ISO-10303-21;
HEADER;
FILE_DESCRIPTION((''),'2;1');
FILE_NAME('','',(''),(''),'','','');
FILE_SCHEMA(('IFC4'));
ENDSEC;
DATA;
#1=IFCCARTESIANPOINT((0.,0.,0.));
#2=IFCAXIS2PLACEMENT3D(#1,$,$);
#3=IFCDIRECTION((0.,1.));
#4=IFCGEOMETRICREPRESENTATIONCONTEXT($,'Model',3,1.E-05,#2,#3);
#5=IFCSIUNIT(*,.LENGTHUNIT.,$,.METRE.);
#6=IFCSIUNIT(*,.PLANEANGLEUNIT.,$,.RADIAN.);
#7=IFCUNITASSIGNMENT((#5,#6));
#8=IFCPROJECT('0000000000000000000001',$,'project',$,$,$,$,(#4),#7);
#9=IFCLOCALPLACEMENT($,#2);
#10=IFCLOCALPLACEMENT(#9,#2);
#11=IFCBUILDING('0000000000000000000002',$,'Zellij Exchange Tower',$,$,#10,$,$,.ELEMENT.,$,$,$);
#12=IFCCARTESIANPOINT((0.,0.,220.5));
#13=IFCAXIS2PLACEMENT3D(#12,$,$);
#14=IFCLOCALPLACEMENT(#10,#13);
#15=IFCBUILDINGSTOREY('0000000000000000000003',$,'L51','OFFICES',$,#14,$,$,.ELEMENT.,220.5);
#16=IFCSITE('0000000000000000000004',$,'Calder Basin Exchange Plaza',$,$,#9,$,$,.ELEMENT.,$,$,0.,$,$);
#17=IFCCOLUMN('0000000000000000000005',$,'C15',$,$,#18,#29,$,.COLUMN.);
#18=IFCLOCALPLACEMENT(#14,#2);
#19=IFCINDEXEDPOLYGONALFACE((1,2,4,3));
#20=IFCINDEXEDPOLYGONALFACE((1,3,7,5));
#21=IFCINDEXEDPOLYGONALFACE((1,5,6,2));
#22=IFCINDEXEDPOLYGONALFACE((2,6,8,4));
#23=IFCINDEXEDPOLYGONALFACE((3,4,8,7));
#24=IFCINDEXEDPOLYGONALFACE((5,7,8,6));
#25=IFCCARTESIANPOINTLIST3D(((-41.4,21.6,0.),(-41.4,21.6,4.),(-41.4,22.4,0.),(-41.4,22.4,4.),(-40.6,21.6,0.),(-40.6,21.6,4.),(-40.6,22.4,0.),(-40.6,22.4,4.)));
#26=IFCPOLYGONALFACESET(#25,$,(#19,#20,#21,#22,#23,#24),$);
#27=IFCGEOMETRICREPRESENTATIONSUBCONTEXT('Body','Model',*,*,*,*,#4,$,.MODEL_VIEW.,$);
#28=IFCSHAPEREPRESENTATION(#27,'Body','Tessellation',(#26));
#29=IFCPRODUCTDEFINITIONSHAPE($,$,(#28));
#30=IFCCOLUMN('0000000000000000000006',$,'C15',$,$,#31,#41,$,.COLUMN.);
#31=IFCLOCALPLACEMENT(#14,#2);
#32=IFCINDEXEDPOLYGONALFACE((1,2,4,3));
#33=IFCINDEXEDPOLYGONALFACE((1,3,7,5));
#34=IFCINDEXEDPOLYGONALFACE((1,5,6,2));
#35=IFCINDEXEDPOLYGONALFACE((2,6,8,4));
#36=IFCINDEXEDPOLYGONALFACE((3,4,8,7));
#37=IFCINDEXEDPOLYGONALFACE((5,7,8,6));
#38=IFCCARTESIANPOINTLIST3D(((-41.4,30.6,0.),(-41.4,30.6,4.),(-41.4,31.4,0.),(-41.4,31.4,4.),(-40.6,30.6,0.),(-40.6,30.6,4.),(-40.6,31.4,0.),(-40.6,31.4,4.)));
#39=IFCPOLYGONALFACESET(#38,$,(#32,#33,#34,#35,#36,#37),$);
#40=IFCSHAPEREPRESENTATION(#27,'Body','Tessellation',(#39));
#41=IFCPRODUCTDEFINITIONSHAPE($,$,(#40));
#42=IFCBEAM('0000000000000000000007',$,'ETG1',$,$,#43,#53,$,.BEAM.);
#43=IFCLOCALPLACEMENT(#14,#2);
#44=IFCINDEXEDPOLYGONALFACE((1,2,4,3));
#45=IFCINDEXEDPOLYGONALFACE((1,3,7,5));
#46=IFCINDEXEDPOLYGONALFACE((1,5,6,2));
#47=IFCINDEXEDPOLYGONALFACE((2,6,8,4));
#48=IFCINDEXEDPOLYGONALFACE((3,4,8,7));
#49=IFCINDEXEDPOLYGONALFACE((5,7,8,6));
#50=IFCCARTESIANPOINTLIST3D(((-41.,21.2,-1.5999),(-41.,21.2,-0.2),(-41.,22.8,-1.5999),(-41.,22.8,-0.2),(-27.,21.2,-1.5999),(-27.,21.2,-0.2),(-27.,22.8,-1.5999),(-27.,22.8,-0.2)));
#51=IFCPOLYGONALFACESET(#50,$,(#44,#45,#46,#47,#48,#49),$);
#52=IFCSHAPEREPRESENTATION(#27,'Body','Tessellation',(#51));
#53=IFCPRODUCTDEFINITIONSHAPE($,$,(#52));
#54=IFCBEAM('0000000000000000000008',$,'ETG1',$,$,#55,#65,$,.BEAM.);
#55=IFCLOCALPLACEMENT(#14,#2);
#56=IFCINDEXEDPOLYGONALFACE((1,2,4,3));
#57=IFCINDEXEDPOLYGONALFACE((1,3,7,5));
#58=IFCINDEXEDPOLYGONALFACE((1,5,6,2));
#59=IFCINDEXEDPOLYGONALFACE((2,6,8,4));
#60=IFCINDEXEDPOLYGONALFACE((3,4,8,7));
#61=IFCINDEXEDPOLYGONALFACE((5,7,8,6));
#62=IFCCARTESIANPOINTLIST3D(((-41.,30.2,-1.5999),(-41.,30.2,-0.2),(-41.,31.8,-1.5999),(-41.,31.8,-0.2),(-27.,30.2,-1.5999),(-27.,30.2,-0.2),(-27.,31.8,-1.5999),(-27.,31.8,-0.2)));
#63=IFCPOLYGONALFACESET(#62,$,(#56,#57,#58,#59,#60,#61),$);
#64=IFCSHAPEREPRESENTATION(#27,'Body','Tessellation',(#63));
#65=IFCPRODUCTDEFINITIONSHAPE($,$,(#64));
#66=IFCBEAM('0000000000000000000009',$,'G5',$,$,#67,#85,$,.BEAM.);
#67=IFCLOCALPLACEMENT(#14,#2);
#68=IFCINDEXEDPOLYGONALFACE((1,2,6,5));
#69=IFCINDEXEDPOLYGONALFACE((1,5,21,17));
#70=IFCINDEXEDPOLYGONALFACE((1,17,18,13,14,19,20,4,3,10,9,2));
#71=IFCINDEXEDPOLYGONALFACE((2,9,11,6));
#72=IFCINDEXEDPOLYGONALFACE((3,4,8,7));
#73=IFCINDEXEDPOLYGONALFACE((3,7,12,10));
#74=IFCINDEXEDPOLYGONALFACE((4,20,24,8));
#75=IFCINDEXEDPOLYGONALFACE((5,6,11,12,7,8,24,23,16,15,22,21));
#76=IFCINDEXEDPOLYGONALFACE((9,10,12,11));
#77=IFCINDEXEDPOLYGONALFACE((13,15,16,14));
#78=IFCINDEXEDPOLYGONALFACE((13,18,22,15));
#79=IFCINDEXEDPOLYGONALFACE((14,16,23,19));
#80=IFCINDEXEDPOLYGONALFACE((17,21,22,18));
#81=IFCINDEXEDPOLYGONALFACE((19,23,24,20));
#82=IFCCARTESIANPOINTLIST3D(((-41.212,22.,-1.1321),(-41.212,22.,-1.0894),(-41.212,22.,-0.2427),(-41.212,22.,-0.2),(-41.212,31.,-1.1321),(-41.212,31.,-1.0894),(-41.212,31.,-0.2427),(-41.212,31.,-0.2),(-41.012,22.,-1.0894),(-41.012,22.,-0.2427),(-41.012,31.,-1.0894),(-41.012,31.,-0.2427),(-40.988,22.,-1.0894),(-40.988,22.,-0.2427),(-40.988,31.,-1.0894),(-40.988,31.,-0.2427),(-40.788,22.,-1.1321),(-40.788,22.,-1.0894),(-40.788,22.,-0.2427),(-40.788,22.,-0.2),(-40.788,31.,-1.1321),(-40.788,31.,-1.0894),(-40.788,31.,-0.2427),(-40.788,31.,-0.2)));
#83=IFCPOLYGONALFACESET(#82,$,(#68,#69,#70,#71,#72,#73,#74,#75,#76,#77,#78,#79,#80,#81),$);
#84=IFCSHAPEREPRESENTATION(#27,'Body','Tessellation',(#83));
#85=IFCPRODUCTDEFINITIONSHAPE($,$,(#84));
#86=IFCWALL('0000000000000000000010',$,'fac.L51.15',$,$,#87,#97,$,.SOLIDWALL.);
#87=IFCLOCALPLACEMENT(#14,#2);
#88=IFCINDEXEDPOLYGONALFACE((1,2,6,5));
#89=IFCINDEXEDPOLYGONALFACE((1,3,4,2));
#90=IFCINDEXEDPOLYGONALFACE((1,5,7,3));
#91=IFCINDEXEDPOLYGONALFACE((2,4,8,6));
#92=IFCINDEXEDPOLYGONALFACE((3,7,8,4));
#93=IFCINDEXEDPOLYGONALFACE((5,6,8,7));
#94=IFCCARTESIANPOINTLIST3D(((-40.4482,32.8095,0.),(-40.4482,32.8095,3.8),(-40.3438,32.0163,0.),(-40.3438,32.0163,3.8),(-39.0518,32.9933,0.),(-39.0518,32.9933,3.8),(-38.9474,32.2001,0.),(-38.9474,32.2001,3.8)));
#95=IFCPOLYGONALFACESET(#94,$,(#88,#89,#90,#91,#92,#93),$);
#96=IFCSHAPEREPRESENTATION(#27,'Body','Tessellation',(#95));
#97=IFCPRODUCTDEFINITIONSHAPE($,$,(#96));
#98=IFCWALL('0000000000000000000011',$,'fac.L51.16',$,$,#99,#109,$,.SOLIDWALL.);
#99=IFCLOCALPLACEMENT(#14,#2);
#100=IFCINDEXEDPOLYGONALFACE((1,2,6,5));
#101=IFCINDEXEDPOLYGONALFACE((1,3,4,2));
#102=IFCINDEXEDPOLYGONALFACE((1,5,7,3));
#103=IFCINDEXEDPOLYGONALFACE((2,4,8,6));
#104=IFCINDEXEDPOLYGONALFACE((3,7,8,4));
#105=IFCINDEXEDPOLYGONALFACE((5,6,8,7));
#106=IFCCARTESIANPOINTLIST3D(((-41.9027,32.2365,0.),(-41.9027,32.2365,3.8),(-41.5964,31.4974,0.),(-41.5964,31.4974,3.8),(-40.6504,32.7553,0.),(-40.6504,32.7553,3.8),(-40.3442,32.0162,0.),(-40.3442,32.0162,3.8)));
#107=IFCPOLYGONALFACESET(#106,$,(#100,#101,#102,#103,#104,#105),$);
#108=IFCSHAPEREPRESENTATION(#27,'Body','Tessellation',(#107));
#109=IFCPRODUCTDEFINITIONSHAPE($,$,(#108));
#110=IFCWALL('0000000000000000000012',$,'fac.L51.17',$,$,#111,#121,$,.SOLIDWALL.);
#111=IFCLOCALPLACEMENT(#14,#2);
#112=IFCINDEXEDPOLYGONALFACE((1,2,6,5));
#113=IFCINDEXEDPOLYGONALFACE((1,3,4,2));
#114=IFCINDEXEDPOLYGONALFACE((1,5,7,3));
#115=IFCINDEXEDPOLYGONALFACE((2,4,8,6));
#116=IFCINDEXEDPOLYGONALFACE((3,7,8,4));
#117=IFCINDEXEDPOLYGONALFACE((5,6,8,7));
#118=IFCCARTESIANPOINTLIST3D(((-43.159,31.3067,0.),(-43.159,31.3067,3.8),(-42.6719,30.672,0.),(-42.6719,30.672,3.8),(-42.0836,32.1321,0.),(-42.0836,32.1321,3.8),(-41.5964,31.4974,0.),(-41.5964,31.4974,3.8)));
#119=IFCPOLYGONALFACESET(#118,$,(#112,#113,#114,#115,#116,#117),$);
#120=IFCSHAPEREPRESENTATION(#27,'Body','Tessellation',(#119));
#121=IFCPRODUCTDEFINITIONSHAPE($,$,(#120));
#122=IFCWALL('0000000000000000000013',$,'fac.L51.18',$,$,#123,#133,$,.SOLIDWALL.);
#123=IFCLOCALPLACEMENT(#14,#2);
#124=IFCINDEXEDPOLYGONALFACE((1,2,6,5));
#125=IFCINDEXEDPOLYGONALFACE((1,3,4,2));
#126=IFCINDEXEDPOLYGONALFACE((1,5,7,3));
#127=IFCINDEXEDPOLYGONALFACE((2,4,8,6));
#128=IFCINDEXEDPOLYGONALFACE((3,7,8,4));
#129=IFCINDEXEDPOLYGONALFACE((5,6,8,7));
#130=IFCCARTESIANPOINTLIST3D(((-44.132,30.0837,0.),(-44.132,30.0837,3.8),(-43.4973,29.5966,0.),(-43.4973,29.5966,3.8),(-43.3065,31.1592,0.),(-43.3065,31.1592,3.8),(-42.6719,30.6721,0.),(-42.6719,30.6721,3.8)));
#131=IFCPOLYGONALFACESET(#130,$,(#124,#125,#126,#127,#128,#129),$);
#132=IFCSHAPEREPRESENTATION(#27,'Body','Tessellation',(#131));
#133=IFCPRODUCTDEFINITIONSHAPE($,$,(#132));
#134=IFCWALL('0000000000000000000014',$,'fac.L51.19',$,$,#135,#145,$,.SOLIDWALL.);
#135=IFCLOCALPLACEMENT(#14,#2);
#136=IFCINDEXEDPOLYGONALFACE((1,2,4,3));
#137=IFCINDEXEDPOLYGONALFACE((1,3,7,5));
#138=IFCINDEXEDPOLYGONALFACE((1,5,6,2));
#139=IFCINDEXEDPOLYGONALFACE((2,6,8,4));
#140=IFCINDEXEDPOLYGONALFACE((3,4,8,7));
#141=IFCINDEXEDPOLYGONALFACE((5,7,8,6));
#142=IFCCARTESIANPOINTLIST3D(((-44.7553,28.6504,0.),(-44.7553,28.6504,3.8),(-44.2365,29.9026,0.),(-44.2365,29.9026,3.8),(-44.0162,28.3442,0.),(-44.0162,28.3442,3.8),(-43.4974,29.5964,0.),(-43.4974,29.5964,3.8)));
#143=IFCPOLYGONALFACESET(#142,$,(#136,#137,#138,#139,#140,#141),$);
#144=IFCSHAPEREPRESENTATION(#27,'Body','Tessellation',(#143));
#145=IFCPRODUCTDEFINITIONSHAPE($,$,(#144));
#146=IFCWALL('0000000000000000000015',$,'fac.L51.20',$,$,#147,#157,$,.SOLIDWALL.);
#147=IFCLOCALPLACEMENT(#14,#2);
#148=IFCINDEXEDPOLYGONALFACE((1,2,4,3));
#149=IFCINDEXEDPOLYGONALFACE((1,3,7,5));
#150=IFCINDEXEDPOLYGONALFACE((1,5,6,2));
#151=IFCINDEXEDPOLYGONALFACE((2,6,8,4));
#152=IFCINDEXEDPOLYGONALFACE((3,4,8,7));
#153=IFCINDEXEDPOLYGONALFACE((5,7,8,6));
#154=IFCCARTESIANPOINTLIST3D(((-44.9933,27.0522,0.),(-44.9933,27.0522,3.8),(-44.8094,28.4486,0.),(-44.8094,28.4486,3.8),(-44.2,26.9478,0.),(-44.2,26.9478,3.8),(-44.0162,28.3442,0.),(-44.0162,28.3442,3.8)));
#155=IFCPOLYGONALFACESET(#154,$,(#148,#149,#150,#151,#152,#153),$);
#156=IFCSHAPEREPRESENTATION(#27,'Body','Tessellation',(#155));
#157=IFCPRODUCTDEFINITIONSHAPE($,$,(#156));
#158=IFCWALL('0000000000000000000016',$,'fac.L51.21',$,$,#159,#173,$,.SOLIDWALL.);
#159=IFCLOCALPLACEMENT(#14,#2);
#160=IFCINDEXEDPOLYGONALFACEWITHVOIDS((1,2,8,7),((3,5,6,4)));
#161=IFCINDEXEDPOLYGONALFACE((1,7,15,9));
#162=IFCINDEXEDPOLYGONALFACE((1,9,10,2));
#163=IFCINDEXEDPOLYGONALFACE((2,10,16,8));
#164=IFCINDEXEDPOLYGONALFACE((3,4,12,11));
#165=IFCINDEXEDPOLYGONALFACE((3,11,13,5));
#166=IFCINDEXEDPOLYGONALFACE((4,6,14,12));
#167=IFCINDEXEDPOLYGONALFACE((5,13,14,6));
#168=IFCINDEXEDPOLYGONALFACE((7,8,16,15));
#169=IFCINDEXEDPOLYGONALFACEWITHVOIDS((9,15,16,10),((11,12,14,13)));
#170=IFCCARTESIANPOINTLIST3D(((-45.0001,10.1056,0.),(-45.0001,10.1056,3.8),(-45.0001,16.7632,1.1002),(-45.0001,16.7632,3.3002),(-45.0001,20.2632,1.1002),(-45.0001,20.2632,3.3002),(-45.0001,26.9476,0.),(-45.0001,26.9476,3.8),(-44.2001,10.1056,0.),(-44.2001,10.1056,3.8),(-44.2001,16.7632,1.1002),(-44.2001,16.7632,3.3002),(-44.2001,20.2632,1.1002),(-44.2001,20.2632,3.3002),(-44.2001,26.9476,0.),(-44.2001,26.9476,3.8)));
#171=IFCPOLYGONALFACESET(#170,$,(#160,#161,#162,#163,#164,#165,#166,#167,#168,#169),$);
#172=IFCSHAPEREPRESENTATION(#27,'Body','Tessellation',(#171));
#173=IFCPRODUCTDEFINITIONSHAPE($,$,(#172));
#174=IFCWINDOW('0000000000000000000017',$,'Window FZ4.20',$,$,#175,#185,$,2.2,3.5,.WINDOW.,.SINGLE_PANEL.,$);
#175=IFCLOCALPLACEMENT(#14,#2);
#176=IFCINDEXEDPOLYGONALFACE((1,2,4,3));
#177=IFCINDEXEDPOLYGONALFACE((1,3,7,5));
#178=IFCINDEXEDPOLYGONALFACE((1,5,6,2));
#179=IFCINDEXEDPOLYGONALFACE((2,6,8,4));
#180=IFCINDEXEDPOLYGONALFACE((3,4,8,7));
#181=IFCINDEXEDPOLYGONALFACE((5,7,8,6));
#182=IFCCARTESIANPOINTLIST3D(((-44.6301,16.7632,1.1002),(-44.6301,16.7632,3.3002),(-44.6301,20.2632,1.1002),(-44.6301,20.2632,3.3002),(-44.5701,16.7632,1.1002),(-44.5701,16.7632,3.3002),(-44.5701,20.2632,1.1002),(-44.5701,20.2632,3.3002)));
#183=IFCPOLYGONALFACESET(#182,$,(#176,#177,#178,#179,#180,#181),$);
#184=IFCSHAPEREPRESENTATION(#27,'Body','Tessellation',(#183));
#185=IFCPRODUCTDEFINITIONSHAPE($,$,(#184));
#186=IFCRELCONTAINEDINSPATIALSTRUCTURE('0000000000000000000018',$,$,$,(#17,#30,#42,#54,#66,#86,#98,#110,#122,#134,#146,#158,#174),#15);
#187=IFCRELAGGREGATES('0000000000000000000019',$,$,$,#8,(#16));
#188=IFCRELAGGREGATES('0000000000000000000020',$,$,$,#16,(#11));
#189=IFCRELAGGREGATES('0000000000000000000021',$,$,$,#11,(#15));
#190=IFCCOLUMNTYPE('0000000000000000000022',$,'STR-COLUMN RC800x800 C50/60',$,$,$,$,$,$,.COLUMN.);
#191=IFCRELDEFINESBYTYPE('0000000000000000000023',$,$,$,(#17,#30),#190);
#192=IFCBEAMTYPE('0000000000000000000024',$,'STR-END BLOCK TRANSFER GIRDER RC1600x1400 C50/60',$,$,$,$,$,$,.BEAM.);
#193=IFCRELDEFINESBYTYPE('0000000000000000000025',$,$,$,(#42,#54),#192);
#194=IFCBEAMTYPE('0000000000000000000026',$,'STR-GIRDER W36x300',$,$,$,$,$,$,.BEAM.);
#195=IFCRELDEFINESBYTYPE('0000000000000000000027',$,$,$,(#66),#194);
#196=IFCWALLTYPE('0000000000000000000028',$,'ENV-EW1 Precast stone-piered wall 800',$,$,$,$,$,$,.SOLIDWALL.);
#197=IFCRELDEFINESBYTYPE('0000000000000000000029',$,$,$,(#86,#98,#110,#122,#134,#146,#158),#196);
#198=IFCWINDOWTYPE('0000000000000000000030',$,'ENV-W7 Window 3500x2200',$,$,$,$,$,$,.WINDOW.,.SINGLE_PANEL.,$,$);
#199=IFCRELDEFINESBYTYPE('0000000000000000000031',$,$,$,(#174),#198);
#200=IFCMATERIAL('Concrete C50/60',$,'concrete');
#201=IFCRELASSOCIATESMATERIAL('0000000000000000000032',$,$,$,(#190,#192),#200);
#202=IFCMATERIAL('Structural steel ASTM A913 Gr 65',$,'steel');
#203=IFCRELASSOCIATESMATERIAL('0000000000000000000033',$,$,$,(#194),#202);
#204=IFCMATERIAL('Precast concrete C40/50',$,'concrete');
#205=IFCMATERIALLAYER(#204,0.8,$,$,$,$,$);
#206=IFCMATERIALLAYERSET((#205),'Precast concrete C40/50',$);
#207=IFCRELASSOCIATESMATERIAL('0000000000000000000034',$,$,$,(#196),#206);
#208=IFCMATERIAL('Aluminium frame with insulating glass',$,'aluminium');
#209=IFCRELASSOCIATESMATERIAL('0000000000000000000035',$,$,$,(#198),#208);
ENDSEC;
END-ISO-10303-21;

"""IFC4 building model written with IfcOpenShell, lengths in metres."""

from ifc_helpers import new_model, si_unit, direction, frame, frame_2d, origin, origin_2d, place, context, subcontext, project, spatial, rectangle, i_section, extrude, material, layer, layer_set, material_profile, profile_set, type_object, element, fill, save


model = new_model("IFC4")

# Units and contexts
model_context = context("Model", 3, precision=1e-05, world=origin(), true_north=direction((0.0, 1.0)))
body_context = subcontext(model_context, "Body", "Model", "MODEL_VIEW")
ifc_project = project(units=[si_unit("LENGTHUNIT", "METRE"), si_unit("PLANEANGLEUNIT", "RADIAN")], contexts=[model_context])

# Site, building, storey
site_placement = place(None, origin())
site = spatial("IfcSite", under=ifc_project, at=site_placement, Name="Calder Basin Exchange Plaza", CompositionType="ELEMENT", RefElevation=0.0)
building_placement = place(site_placement, origin())
building = spatial("IfcBuilding", under=site, at=building_placement, Name="Zellij Exchange Tower", CompositionType="ELEMENT")
storey_placement = place(building_placement, frame((0.0, 0.0, 220.5)))
storey = spatial("IfcBuildingStorey", under=building, at=storey_placement, Name="L51", Description="OFFICES", CompositionType="ELEMENT", Elevation=220.5)

# Columns
ifc_material_1 = material(Name="Concrete C50/60", Category="concrete")
ifc_material_profile_1 = material_profile(ifc_material_1, rectangle(XDim=0.8, YDim=0.8, at=origin_2d()), Name="STR-COLUMN RC800x800 C50/60")
ifc_profile_set_1 = profile_set([ifc_material_profile_1], Name="Concrete C50/60")
column_type = type_object("IfcColumnType", Name="STR-COLUMN RC800x800 C50/60", PredefinedType="COLUMN", material=ifc_profile_set_1)
for number, where, z_axis, x_axis, name in (
    (1, (-41.0, 22.0, 0.0), (0.0, 0.0, 1.0), (1.0, 0.0, 0.0), "C15"),
    (2, (-41.0, 31.0, 0.0), (0.0, 0.0, 1.0), (1.0, 0.0, 0.0), "C15"),
):
    element("IfcColumn", number, at=place(storey_placement, frame(where, z_axis=z_axis, x_axis=x_axis)), inside=storey, type_object=column_type, Name=name, PredefinedType="COLUMN", context=body_context, shape_type="SweptSolid", body=[
        extrude(rectangle(XDim=0.8, YDim=0.8, at=origin_2d()), origin(), (0.0, 0.0, 1.0), 4.0),
    ])

# Beams
ifc_material_profile_2 = material_profile(ifc_material_1, rectangle(XDim=1.6001, YDim=1.3999, at=origin_2d()), Name="STR-END BLOCK TRANSFER GIRDER RC1600x1400 C50/60")
ifc_profile_set_2 = profile_set([ifc_material_profile_2], Name="Concrete C50/60")
beam_type_1 = type_object("IfcBeamType", Name="STR-END BLOCK TRANSFER GIRDER RC1600x1400 C50/60", PredefinedType="BEAM", material=ifc_profile_set_2)
for number, where, z_axis, x_axis, name in (
    (3, (-41.0, 22.0, -0.8999), (1.0, 0.0, 0.0), (0.0, 1.0, 0.0), "ETG1"),
    (4, (-41.0, 31.0, -0.8999), (1.0, 0.0, 0.0), (0.0, 1.0, 0.0), "ETG1"),
):
    element("IfcBeam", number, at=place(storey_placement, frame(where, z_axis=z_axis, x_axis=x_axis)), inside=storey, type_object=beam_type_1, Name=name, PredefinedType="BEAM", context=body_context, shape_type="SweptSolid", body=[
        extrude(rectangle(XDim=1.6001, YDim=1.3999, at=origin_2d()), origin(), (0.0, 0.0, 1.0), 14.0),
    ])
ifc_material_2 = material(Name="Structural steel ASTM A913 Gr 65", Category="steel")
ifc_material_profile_3 = material_profile(ifc_material_2, i_section(OverallWidth=0.4241, OverallDepth=0.9321, WebThickness=0.0239, FlangeThickness=0.0427, at=origin_2d()), Name="W36x300")
ifc_profile_set_3 = profile_set([ifc_material_profile_3], Name="Structural steel ASTM A913 Gr 65")
beam_type_2 = type_object("IfcBeamType", Name="STR-GIRDER W36x300", PredefinedType="BEAM", material=ifc_profile_set_3)
beam_placement = place(storey_placement, frame((-41.0, 22.0, -0.666), z_axis=(0.0, 1.0, 0.0), x_axis=(-1.0, 0.0, 0.0)))
element("IfcBeam", 5, at=beam_placement, inside=storey, type_object=beam_type_2, Name="G5", PredefinedType="BEAM", context=body_context, shape_type="SweptSolid", body=[
    extrude(i_section(OverallWidth=0.4241, OverallDepth=0.9321, WebThickness=0.0239, FlangeThickness=0.0427, at=origin_2d()), origin(), (0.0, 0.0, 1.0), 9.0),
])

# Walls
ifc_material_3 = material(Name="Precast concrete C40/50", Category="concrete")
ifc_layer_1 = layer(ifc_material_3, 0.8)
ifc_layer_set_1 = layer_set([ifc_layer_1], Name="Precast concrete C40/50")
wall_type_1 = type_object("IfcWallType", Name="ENV-EW1 Precast stone-piered wall 800", PredefinedType="SOLIDWALL", material=ifc_layer_set_1)
wall_1_placement = place(storey_placement, frame((-38.9998, 32.5967, 0.0), z_axis=(0.0, 0.0, 1.0), x_axis=(-0.991446, -0.130517, 0.0)))
element("IfcWall", 6, at=wall_1_placement, inside=storey, type_object=wall_type_1, Name="fac.L51.15", PredefinedType="SOLIDWALL", context=body_context, shape_type="SweptSolid", body=[
    extrude(rectangle(XDim=1.4084, YDim=0.8, at=frame_2d((0.7041, 0.0))), origin(), (0.0, 0.0, 1.0), 3.8),
])
wall_2_placement = place(storey_placement, frame((-40.4973, 32.3857, 0.0), z_axis=(0.0, 0.0, 1.0), x_axis=(-0.923848, -0.38276, 0.0)))
element("IfcWall", 7, at=wall_2_placement, inside=storey, type_object=wall_type_1, Name="fac.L51.16", PredefinedType="SOLIDWALL", context=body_context, shape_type="SweptSolid", body=[
    extrude(rectangle(XDim=1.3555, YDim=0.8, at=frame_2d((0.6777, 0.0))), origin(), (0.0, 0.0, 1.0), 3.8),
])
for number, where, z_axis, x_axis, name in (
    (8, (-41.8401, 31.8147, 0.0), (0.0, 0.0, 1.0), (-0.793273, -0.608866, 0.0), "fac.L51.17"),
    (9, (-42.9893, 30.9155, 0.0), (0.0, 0.0, 1.0), (-0.608866, -0.793273, 0.0), "fac.L51.18"),
):
    element("IfcWall", number, at=place(storey_placement, frame(where, z_axis=z_axis, x_axis=x_axis)), inside=storey, type_object=wall_type_1, Name=name, PredefinedType="SOLIDWALL", context=body_context, shape_type="SweptSolid", body=[
        extrude(rectangle(XDim=1.3557, YDim=0.8, at=frame_2d((0.6777, 0.0))), origin(), (0.0, 0.0, 1.0), 3.8),
    ])
wall_3_placement = place(storey_placement, frame((-43.8669, 29.7495, 0.0), z_axis=(0.0, 0.0, 1.0), x_axis=(-0.38276, -0.923848, 0.0)))
element("IfcWall", 10, at=wall_3_placement, inside=storey, type_object=wall_type_1, Name="fac.L51.19", PredefinedType="SOLIDWALL", context=body_context, shape_type="SweptSolid", body=[
    extrude(rectangle(XDim=1.3555, YDim=0.8, at=frame_2d((0.6777, 0.0))), origin(), (0.0, 0.0, 1.0), 3.8),
])
wall_4_placement = place(storey_placement, frame((-44.4128, 28.3962, 0.0), z_axis=(0.0, 0.0, 1.0), x_axis=(-0.130517, -0.991446, 0.0)))
element("IfcWall", 11, at=wall_4_placement, inside=storey, type_object=wall_type_1, Name="fac.L51.20", PredefinedType="SOLIDWALL", context=body_context, shape_type="SweptSolid", body=[
    extrude(rectangle(XDim=1.4084, YDim=0.8, at=frame_2d((0.7041, 0.0))), origin(), (0.0, 0.0, 1.0), 3.8),
])

# Wall, opening, window
wall_5_placement = place(storey_placement, frame((-44.6001, 26.9475, 0.0), z_axis=(0.0, 0.0, 1.0), x_axis=(0.0, -1.0, 0.0)))
wall_5 = element("IfcWall", 12, at=wall_5_placement, inside=storey, type_object=wall_type_1, Name="fac.L51.21", PredefinedType="SOLIDWALL", context=body_context, shape_type="SweptSolid", body=[
    extrude(rectangle(XDim=16.842, YDim=0.8, at=frame_2d((8.4209, 0.0))), origin(), (0.0, 0.0, 1.0), 3.8),
])
opening_1_placement = place(wall_5_placement, frame((6.6843, 0.0, 1.1001)))
opening_1 = element("IfcOpeningElement", 13, at=opening_1_placement, cuts=wall_5, PredefinedType="OPENING", context=body_context, shape_type="SweptSolid", body=[
    extrude(rectangle(XDim=3.5, YDim=2.2, at=frame_2d((1.75, 1.1001))), frame((0.0, 0.4121, 0.0), z_axis=(0.0, -1.0, 0.0), x_axis=(1.0, 0.0, 0.0)), (0.0, 0.0, 1.0), 0.824),
])
ifc_material_4 = material(Name="Aluminium frame with insulating glass", Category="aluminium")
window_type = type_object("IfcWindowType", Name="ENV-W7 Window 3500x2200", PartitioningType="SINGLE_PANEL", PredefinedType="WINDOW", material=ifc_material_4)
window_placement = place(opening_1_placement, origin())
window = element("IfcWindow", 14, at=window_placement, inside=storey, type_object=window_type, Name="Window FZ4.20", OverallHeight=2.2, OverallWidth=3.5, PartitioningType="SINGLE_PANEL", PredefinedType="WINDOW", context=body_context, shape_type="SweptSolid", body=[
    extrude(rectangle(XDim=3.5, YDim=2.2, at=frame_2d((1.75, 1.1001))), frame((0.0, 0.03, 0.0), z_axis=(0.0, -1.0, 0.0), x_axis=(1.0, 0.0, 0.0)), (0.0, 0.0, 1.0), 0.0601),
])
fill(opening_1, window)

save(model, "model.ifc")
